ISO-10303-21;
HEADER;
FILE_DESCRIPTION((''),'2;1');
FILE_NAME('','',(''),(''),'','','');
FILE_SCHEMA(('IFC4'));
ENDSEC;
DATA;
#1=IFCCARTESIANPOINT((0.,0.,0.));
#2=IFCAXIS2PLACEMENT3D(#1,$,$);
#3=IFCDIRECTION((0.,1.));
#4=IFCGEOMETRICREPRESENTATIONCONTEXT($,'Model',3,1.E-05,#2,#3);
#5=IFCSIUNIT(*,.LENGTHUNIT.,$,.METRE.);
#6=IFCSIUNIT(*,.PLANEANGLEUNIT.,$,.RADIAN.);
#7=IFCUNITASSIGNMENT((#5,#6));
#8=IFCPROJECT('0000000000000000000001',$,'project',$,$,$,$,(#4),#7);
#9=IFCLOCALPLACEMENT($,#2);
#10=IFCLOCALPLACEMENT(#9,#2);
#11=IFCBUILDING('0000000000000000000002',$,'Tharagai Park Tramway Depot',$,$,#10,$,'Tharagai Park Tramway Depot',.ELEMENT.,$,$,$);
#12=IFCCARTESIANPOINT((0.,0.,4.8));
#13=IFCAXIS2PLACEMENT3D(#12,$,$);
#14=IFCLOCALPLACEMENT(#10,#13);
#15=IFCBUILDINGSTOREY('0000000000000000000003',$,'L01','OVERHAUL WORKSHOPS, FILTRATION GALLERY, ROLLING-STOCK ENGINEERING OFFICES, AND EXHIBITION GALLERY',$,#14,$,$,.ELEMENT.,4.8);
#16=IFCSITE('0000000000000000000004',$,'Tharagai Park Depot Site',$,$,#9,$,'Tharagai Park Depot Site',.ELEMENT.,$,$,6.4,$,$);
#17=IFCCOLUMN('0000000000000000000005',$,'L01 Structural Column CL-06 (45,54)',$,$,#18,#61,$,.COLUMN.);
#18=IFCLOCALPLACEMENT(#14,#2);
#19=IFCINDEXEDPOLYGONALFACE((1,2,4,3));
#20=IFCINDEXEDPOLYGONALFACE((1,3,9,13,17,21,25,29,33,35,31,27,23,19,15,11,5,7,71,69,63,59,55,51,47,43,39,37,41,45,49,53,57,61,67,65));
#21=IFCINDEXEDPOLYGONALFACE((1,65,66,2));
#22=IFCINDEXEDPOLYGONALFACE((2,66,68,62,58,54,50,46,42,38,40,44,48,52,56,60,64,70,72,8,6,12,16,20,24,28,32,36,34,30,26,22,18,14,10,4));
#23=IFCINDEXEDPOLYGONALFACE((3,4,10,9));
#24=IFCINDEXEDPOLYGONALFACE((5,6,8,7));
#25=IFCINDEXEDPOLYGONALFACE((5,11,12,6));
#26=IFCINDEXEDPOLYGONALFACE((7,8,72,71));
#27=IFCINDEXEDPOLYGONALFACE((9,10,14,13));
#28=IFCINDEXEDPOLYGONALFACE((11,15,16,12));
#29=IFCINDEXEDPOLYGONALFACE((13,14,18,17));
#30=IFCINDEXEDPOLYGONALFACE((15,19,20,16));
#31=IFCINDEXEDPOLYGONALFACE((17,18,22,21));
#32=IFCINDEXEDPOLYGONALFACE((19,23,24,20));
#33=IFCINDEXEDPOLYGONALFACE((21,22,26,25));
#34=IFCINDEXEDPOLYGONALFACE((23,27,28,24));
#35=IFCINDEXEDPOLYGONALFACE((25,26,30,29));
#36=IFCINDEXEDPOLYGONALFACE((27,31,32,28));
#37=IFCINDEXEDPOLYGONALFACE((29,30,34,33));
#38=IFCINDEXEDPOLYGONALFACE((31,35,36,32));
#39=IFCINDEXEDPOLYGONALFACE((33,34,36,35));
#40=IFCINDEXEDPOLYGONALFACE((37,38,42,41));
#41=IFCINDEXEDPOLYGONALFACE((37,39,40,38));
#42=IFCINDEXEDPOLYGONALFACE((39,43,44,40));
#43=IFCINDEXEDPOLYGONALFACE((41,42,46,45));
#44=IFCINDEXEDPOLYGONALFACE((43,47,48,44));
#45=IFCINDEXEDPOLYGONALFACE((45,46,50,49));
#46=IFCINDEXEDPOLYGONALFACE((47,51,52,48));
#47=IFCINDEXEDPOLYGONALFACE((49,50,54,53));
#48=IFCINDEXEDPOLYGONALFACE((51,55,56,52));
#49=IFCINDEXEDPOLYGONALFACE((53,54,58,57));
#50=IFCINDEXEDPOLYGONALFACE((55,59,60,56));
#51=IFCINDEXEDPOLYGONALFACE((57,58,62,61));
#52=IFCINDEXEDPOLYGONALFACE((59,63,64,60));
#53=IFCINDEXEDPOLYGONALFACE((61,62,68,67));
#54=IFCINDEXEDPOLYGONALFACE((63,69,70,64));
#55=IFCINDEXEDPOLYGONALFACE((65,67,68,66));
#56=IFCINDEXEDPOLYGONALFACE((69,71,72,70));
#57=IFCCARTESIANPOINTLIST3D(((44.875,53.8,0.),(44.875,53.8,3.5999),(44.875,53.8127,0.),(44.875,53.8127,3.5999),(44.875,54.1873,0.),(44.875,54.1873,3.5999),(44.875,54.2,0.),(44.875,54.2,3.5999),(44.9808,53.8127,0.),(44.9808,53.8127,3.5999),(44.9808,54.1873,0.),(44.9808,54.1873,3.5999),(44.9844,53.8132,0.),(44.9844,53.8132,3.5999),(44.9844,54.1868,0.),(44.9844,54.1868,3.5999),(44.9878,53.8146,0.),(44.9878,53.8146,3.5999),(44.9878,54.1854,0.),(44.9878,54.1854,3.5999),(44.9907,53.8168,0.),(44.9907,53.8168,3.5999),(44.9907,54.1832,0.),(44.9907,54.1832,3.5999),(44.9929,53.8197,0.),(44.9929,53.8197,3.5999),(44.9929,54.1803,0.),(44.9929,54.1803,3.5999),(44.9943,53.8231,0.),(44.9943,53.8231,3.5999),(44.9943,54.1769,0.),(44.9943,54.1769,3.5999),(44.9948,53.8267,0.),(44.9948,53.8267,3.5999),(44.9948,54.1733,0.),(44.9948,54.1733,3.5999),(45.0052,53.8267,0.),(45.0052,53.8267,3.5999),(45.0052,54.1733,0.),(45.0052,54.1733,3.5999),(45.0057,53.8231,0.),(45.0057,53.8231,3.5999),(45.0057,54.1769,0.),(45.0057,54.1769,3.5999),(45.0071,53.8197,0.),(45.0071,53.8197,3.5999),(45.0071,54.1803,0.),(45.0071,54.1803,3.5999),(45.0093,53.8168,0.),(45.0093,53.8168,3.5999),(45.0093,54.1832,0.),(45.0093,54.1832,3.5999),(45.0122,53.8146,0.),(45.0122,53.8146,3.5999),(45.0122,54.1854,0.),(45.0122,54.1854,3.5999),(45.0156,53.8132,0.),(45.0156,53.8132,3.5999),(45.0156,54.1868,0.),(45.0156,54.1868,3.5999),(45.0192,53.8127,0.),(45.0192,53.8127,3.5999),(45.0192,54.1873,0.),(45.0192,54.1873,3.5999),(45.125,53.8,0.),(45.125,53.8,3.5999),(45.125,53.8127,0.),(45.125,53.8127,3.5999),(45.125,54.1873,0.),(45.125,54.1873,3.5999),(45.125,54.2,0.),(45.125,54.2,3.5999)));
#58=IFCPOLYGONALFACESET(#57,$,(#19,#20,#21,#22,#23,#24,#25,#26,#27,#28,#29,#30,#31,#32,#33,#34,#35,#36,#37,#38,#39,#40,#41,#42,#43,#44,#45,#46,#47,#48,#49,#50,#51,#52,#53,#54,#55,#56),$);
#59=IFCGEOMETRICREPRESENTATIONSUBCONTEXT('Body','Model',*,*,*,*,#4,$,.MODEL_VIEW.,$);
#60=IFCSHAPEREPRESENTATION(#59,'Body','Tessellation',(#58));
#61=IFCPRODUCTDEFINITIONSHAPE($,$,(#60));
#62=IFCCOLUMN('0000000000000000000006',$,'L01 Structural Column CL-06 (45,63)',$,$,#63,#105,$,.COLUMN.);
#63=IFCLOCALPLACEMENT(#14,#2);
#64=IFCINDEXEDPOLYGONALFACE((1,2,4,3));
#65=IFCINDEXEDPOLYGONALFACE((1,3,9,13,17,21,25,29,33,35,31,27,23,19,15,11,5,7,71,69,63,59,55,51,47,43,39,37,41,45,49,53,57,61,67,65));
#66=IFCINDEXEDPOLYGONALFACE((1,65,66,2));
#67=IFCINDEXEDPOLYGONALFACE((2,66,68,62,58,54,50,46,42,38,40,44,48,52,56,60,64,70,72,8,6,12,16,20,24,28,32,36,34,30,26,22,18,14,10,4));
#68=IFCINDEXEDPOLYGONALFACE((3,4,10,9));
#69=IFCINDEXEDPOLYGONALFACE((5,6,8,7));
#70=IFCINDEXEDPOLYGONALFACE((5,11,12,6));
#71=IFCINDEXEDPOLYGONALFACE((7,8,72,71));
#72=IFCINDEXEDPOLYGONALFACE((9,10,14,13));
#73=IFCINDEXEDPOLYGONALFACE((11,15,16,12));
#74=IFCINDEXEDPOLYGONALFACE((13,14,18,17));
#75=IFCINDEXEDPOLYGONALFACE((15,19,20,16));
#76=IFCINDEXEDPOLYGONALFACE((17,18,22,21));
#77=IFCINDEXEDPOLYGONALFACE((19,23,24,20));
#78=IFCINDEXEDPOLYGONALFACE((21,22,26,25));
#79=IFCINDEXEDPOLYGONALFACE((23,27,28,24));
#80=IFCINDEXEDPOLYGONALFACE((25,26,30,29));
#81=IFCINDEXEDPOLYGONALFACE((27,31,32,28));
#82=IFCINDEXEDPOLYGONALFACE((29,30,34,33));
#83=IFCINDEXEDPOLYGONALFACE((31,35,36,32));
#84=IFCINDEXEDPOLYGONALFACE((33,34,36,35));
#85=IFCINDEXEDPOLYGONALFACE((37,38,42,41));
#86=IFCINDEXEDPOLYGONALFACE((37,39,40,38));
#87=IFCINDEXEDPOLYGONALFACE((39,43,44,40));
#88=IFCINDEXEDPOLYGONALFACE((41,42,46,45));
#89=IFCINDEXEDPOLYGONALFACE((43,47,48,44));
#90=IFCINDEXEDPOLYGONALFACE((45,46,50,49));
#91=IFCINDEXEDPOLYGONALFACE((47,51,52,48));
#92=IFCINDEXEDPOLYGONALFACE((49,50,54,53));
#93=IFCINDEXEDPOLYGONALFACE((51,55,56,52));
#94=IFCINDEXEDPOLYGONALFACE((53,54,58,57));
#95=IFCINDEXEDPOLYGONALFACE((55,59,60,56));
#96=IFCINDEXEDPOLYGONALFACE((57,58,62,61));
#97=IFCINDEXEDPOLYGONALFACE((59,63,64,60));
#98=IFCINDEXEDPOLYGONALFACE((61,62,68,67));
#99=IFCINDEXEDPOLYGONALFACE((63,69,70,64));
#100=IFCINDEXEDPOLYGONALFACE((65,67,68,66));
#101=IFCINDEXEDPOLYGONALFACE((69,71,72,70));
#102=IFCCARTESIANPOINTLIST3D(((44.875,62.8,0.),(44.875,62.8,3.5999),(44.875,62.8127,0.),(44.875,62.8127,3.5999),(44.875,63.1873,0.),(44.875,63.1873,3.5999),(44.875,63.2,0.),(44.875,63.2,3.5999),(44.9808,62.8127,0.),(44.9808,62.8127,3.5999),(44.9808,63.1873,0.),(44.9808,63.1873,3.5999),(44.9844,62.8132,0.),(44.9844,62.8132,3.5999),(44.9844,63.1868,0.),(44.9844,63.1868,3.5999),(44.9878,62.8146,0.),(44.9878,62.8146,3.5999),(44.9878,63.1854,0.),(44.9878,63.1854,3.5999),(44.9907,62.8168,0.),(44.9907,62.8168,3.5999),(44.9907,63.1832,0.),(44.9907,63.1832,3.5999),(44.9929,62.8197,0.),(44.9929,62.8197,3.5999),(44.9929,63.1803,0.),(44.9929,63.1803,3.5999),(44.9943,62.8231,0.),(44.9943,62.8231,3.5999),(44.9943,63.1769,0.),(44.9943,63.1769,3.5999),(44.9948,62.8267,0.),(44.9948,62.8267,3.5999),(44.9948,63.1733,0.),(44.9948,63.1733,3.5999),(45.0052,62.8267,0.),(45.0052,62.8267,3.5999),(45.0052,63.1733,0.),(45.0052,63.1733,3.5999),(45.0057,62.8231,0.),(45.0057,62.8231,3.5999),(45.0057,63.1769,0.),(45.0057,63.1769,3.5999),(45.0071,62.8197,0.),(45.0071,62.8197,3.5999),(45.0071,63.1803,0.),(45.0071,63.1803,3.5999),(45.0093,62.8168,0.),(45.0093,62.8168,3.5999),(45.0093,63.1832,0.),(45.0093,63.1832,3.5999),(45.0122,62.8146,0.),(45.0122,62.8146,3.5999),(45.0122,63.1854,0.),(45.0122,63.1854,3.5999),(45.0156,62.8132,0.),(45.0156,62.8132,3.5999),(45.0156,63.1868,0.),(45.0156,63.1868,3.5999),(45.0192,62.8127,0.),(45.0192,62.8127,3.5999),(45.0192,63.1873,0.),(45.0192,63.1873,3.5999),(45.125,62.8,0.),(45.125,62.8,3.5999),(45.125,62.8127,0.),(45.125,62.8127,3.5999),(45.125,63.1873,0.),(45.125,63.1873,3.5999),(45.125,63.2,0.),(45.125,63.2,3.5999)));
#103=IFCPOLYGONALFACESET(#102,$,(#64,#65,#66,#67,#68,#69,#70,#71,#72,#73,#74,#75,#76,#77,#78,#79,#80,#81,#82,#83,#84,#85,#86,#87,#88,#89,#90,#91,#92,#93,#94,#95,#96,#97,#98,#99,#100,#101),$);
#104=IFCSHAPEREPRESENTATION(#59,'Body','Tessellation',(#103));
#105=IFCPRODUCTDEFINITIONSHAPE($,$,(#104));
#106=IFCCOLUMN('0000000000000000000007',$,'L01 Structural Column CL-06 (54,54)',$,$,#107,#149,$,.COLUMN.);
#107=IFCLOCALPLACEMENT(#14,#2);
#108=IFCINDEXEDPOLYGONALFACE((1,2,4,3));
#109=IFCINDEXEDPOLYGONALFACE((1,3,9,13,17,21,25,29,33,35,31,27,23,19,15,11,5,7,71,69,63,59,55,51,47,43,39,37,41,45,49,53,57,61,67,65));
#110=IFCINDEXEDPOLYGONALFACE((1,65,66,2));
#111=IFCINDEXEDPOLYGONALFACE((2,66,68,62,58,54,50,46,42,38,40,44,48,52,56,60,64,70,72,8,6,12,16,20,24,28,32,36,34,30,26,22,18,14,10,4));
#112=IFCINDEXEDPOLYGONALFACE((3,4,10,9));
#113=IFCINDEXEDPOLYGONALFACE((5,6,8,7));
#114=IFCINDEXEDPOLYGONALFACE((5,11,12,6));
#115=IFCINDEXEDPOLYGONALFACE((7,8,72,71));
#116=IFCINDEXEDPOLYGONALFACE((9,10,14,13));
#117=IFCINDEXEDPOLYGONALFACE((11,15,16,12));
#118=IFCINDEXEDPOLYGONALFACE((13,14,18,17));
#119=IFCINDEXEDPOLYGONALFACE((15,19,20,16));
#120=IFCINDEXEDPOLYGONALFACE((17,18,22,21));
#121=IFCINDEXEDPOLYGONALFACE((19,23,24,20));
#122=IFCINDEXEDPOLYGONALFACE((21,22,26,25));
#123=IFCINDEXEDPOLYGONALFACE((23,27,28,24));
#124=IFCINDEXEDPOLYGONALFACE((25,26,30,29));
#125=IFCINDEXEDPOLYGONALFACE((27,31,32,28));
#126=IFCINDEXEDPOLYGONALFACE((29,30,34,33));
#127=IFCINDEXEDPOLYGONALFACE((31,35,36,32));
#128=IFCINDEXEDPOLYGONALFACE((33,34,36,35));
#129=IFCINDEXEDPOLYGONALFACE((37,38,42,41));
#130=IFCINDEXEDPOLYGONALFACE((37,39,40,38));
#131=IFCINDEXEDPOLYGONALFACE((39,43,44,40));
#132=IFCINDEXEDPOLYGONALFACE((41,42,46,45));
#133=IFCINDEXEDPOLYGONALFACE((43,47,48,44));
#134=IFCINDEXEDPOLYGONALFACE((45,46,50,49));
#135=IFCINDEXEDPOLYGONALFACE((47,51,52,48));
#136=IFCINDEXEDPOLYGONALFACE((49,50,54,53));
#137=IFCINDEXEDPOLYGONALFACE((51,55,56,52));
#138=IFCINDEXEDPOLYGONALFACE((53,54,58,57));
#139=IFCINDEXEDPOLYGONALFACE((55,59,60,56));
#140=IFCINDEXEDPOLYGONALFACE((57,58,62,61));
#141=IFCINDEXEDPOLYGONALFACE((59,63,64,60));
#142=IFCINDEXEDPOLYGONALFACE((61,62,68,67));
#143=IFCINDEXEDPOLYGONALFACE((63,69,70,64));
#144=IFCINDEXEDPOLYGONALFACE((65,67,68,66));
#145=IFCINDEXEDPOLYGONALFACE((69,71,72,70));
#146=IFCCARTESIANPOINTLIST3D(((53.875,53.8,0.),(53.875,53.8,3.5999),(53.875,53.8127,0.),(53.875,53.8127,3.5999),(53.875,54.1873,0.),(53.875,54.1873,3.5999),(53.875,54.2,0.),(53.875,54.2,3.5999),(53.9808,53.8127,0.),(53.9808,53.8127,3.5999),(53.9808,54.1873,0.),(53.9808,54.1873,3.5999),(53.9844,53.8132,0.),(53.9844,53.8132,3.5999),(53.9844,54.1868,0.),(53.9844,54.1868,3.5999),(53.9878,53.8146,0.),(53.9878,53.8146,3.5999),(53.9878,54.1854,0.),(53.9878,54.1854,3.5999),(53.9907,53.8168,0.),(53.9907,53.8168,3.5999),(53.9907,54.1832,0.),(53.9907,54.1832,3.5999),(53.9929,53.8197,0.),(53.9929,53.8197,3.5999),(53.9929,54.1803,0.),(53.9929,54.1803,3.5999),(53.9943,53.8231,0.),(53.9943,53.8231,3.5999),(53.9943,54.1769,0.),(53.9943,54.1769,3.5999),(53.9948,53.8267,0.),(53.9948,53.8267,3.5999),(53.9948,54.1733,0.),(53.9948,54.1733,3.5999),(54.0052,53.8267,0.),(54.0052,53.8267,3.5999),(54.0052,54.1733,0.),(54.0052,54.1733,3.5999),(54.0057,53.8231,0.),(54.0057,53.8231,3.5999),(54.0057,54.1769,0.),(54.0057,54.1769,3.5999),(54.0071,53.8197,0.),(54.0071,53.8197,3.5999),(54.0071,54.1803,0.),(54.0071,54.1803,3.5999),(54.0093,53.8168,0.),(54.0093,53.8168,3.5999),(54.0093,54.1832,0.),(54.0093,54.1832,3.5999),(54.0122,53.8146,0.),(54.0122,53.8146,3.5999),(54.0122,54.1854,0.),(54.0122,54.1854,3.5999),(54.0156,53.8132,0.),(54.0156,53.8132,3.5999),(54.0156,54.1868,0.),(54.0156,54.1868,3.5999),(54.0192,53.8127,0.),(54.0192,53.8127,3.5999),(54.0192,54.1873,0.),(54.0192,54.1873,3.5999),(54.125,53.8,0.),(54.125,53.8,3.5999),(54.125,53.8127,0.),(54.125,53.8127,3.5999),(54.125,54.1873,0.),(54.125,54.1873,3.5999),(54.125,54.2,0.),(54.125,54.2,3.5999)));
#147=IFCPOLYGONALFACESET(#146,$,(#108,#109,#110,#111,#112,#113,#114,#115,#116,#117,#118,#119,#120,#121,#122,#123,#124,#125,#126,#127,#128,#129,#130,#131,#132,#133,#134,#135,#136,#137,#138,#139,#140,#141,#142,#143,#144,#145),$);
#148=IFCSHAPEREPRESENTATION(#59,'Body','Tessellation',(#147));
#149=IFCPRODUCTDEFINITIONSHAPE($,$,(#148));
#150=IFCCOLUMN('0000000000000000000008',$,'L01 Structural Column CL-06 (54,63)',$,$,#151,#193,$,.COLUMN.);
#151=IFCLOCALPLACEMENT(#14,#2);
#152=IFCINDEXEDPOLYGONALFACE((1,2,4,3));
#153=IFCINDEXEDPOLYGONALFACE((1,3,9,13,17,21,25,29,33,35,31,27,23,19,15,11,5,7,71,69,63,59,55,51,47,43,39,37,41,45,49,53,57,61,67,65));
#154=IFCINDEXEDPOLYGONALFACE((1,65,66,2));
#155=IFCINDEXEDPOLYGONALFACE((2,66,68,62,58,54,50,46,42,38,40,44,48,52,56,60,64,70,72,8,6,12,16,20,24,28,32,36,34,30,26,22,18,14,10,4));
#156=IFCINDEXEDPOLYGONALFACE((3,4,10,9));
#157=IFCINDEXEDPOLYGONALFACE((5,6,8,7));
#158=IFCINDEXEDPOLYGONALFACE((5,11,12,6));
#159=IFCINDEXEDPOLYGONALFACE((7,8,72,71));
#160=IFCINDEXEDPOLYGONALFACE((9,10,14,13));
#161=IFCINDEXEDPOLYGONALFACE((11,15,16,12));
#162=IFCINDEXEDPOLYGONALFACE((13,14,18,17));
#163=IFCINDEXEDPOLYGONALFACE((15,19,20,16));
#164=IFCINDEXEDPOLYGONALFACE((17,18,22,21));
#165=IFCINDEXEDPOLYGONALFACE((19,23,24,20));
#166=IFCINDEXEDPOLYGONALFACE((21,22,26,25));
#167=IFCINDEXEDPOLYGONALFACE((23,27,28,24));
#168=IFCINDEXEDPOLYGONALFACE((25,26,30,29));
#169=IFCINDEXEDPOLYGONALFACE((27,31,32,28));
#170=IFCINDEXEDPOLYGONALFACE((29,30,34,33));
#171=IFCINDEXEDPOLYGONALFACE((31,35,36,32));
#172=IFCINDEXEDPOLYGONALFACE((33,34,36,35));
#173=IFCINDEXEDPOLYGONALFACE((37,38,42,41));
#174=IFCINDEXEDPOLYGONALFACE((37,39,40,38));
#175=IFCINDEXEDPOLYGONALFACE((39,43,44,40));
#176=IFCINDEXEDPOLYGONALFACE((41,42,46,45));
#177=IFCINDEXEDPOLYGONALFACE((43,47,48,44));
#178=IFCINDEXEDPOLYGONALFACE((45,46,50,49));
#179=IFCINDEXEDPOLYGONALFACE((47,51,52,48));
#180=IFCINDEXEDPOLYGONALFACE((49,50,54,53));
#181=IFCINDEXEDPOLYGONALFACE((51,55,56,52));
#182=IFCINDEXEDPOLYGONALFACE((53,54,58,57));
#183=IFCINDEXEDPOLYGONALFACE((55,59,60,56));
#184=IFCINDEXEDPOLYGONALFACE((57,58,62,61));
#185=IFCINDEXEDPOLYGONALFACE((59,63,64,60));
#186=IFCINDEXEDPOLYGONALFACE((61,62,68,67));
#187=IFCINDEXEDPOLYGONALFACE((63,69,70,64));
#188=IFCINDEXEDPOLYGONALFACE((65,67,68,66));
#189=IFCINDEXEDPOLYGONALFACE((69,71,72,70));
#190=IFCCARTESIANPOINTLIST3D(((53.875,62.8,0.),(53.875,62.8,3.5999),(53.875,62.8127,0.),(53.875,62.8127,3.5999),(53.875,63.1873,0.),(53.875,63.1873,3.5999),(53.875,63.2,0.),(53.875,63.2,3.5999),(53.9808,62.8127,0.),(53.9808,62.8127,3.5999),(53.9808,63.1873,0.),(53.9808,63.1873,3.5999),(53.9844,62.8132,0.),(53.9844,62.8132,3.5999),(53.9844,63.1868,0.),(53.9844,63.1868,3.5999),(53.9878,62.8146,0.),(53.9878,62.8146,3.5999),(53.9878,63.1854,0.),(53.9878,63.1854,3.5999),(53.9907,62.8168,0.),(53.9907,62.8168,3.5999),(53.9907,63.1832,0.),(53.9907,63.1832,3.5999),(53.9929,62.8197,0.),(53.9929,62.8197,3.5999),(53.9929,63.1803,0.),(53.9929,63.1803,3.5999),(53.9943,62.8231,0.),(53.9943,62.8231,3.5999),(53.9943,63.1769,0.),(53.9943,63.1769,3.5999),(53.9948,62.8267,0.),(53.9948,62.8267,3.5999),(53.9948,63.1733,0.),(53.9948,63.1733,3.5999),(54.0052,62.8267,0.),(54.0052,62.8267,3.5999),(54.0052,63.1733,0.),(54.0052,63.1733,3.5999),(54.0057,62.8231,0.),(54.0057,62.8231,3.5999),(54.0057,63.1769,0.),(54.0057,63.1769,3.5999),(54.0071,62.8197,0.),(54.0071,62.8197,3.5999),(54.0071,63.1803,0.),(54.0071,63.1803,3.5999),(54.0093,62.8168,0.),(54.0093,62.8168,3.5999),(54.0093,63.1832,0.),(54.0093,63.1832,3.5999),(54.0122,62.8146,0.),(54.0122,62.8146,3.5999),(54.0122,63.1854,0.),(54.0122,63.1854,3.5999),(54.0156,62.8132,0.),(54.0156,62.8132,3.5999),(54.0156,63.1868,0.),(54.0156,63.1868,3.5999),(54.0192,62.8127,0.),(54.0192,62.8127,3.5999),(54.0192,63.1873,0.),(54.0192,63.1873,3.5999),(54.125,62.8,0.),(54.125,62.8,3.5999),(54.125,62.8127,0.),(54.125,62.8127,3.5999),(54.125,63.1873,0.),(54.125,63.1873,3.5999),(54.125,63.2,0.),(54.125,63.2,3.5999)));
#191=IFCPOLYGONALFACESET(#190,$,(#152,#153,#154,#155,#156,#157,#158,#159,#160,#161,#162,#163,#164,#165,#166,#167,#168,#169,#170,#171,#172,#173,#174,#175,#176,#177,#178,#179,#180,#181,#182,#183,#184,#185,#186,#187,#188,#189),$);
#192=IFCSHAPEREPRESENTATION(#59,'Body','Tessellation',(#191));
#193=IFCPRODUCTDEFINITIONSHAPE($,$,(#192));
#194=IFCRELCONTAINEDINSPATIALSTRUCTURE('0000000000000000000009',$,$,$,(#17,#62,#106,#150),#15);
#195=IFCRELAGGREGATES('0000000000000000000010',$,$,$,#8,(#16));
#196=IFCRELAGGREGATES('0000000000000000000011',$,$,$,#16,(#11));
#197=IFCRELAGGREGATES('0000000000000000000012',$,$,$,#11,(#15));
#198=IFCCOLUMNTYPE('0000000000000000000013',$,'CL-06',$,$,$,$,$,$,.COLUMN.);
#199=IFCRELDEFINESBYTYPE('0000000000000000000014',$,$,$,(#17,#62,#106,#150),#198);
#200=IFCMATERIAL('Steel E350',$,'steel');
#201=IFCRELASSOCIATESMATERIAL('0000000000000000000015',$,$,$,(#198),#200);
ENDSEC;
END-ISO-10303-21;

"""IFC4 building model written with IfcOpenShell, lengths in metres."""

from ifc_helpers import new_model, si_unit, direction, frame, origin, origin_2d, place, context, subcontext, project, spatial, i_section, extrude, material, material_profile, profile_set, type_object, element, save


model = new_model("IFC4")

# Units and contexts
model_context = context("Model", 3, precision=1e-05, world=origin(), true_north=direction((0.0, 1.0)))
body_context = subcontext(model_context, "Body", "Model", "MODEL_VIEW")
ifc_project = project(units=[si_unit("LENGTHUNIT", "METRE"), si_unit("PLANEANGLEUNIT", "RADIAN")], contexts=[model_context])

# Site, building, storey
site_placement = place(None, origin())
site = spatial("IfcSite", under=ifc_project, at=site_placement, Name="Tharagai Park Depot Site", LongName="Tharagai Park Depot Site", CompositionType="ELEMENT", RefElevation=6.4)
building_placement = place(site_placement, origin())
building = spatial("IfcBuilding", under=site, at=building_placement, Name="Tharagai Park Tramway Depot", LongName="Tharagai Park Tramway Depot", CompositionType="ELEMENT")
storey_placement = place(building_placement, frame((0.0, 0.0, 4.8)))
storey = spatial("IfcBuildingStorey", under=building, at=storey_placement, Name="L01", Description="OVERHAUL WORKSHOPS, FILTRATION GALLERY, ROLLING-STOCK ENGINEERING OFFICES, AND EXHIBITION GALLERY", CompositionType="ELEMENT", Elevation=4.8)

# Columns
ifc_material_1 = material(Name="Steel E350", Category="steel")
ifc_material_profile_1 = material_profile(ifc_material_1, i_section(OverallWidth=0.25, OverallDepth=0.3999, WebThickness=0.0105, FlangeThickness=0.0127, FilletRadius=0.0139, at=origin_2d()), Name="ISHB 400")
ifc_profile_set_1 = profile_set([ifc_material_profile_1], Name="Steel E350")
column_type = type_object("IfcColumnType", Name="CL-06", PredefinedType="COLUMN", material=ifc_profile_set_1)
for number, where, z_axis, x_axis, name in (
    (1, (45.0, 54.0, 0.0), (0.0, 0.0, 1.0), (1.0, 0.0, 0.0), "L01 Structural Column CL-06 (45,54)"),
    (2, (45.0, 63.0, 0.0), (0.0, 0.0, 1.0), (1.0, 0.0, 0.0), "L01 Structural Column CL-06 (45,63)"),
    (3, (54.0, 54.0, 0.0), (0.0, 0.0, 1.0), (1.0, 0.0, 0.0), "L01 Structural Column CL-06 (54,54)"),
    (4, (54.0, 63.0, 0.0), (0.0, 0.0, 1.0), (1.0, 0.0, 0.0), "L01 Structural Column CL-06 (54,63)"),
):
    element("IfcColumn", number, at=place(storey_placement, frame(where, z_axis=z_axis, x_axis=x_axis)), inside=storey, type_object=column_type, Name=name, PredefinedType="COLUMN", context=body_context, shape_type="SweptSolid", body=[
        extrude(i_section(OverallWidth=0.25, OverallDepth=0.3999, WebThickness=0.0105, FlangeThickness=0.0127, FilletRadius=0.0139, at=origin_2d()), origin(), (0.0, 0.0, 1.0), 3.5999),
    ])

save(model, "model.ifc")
